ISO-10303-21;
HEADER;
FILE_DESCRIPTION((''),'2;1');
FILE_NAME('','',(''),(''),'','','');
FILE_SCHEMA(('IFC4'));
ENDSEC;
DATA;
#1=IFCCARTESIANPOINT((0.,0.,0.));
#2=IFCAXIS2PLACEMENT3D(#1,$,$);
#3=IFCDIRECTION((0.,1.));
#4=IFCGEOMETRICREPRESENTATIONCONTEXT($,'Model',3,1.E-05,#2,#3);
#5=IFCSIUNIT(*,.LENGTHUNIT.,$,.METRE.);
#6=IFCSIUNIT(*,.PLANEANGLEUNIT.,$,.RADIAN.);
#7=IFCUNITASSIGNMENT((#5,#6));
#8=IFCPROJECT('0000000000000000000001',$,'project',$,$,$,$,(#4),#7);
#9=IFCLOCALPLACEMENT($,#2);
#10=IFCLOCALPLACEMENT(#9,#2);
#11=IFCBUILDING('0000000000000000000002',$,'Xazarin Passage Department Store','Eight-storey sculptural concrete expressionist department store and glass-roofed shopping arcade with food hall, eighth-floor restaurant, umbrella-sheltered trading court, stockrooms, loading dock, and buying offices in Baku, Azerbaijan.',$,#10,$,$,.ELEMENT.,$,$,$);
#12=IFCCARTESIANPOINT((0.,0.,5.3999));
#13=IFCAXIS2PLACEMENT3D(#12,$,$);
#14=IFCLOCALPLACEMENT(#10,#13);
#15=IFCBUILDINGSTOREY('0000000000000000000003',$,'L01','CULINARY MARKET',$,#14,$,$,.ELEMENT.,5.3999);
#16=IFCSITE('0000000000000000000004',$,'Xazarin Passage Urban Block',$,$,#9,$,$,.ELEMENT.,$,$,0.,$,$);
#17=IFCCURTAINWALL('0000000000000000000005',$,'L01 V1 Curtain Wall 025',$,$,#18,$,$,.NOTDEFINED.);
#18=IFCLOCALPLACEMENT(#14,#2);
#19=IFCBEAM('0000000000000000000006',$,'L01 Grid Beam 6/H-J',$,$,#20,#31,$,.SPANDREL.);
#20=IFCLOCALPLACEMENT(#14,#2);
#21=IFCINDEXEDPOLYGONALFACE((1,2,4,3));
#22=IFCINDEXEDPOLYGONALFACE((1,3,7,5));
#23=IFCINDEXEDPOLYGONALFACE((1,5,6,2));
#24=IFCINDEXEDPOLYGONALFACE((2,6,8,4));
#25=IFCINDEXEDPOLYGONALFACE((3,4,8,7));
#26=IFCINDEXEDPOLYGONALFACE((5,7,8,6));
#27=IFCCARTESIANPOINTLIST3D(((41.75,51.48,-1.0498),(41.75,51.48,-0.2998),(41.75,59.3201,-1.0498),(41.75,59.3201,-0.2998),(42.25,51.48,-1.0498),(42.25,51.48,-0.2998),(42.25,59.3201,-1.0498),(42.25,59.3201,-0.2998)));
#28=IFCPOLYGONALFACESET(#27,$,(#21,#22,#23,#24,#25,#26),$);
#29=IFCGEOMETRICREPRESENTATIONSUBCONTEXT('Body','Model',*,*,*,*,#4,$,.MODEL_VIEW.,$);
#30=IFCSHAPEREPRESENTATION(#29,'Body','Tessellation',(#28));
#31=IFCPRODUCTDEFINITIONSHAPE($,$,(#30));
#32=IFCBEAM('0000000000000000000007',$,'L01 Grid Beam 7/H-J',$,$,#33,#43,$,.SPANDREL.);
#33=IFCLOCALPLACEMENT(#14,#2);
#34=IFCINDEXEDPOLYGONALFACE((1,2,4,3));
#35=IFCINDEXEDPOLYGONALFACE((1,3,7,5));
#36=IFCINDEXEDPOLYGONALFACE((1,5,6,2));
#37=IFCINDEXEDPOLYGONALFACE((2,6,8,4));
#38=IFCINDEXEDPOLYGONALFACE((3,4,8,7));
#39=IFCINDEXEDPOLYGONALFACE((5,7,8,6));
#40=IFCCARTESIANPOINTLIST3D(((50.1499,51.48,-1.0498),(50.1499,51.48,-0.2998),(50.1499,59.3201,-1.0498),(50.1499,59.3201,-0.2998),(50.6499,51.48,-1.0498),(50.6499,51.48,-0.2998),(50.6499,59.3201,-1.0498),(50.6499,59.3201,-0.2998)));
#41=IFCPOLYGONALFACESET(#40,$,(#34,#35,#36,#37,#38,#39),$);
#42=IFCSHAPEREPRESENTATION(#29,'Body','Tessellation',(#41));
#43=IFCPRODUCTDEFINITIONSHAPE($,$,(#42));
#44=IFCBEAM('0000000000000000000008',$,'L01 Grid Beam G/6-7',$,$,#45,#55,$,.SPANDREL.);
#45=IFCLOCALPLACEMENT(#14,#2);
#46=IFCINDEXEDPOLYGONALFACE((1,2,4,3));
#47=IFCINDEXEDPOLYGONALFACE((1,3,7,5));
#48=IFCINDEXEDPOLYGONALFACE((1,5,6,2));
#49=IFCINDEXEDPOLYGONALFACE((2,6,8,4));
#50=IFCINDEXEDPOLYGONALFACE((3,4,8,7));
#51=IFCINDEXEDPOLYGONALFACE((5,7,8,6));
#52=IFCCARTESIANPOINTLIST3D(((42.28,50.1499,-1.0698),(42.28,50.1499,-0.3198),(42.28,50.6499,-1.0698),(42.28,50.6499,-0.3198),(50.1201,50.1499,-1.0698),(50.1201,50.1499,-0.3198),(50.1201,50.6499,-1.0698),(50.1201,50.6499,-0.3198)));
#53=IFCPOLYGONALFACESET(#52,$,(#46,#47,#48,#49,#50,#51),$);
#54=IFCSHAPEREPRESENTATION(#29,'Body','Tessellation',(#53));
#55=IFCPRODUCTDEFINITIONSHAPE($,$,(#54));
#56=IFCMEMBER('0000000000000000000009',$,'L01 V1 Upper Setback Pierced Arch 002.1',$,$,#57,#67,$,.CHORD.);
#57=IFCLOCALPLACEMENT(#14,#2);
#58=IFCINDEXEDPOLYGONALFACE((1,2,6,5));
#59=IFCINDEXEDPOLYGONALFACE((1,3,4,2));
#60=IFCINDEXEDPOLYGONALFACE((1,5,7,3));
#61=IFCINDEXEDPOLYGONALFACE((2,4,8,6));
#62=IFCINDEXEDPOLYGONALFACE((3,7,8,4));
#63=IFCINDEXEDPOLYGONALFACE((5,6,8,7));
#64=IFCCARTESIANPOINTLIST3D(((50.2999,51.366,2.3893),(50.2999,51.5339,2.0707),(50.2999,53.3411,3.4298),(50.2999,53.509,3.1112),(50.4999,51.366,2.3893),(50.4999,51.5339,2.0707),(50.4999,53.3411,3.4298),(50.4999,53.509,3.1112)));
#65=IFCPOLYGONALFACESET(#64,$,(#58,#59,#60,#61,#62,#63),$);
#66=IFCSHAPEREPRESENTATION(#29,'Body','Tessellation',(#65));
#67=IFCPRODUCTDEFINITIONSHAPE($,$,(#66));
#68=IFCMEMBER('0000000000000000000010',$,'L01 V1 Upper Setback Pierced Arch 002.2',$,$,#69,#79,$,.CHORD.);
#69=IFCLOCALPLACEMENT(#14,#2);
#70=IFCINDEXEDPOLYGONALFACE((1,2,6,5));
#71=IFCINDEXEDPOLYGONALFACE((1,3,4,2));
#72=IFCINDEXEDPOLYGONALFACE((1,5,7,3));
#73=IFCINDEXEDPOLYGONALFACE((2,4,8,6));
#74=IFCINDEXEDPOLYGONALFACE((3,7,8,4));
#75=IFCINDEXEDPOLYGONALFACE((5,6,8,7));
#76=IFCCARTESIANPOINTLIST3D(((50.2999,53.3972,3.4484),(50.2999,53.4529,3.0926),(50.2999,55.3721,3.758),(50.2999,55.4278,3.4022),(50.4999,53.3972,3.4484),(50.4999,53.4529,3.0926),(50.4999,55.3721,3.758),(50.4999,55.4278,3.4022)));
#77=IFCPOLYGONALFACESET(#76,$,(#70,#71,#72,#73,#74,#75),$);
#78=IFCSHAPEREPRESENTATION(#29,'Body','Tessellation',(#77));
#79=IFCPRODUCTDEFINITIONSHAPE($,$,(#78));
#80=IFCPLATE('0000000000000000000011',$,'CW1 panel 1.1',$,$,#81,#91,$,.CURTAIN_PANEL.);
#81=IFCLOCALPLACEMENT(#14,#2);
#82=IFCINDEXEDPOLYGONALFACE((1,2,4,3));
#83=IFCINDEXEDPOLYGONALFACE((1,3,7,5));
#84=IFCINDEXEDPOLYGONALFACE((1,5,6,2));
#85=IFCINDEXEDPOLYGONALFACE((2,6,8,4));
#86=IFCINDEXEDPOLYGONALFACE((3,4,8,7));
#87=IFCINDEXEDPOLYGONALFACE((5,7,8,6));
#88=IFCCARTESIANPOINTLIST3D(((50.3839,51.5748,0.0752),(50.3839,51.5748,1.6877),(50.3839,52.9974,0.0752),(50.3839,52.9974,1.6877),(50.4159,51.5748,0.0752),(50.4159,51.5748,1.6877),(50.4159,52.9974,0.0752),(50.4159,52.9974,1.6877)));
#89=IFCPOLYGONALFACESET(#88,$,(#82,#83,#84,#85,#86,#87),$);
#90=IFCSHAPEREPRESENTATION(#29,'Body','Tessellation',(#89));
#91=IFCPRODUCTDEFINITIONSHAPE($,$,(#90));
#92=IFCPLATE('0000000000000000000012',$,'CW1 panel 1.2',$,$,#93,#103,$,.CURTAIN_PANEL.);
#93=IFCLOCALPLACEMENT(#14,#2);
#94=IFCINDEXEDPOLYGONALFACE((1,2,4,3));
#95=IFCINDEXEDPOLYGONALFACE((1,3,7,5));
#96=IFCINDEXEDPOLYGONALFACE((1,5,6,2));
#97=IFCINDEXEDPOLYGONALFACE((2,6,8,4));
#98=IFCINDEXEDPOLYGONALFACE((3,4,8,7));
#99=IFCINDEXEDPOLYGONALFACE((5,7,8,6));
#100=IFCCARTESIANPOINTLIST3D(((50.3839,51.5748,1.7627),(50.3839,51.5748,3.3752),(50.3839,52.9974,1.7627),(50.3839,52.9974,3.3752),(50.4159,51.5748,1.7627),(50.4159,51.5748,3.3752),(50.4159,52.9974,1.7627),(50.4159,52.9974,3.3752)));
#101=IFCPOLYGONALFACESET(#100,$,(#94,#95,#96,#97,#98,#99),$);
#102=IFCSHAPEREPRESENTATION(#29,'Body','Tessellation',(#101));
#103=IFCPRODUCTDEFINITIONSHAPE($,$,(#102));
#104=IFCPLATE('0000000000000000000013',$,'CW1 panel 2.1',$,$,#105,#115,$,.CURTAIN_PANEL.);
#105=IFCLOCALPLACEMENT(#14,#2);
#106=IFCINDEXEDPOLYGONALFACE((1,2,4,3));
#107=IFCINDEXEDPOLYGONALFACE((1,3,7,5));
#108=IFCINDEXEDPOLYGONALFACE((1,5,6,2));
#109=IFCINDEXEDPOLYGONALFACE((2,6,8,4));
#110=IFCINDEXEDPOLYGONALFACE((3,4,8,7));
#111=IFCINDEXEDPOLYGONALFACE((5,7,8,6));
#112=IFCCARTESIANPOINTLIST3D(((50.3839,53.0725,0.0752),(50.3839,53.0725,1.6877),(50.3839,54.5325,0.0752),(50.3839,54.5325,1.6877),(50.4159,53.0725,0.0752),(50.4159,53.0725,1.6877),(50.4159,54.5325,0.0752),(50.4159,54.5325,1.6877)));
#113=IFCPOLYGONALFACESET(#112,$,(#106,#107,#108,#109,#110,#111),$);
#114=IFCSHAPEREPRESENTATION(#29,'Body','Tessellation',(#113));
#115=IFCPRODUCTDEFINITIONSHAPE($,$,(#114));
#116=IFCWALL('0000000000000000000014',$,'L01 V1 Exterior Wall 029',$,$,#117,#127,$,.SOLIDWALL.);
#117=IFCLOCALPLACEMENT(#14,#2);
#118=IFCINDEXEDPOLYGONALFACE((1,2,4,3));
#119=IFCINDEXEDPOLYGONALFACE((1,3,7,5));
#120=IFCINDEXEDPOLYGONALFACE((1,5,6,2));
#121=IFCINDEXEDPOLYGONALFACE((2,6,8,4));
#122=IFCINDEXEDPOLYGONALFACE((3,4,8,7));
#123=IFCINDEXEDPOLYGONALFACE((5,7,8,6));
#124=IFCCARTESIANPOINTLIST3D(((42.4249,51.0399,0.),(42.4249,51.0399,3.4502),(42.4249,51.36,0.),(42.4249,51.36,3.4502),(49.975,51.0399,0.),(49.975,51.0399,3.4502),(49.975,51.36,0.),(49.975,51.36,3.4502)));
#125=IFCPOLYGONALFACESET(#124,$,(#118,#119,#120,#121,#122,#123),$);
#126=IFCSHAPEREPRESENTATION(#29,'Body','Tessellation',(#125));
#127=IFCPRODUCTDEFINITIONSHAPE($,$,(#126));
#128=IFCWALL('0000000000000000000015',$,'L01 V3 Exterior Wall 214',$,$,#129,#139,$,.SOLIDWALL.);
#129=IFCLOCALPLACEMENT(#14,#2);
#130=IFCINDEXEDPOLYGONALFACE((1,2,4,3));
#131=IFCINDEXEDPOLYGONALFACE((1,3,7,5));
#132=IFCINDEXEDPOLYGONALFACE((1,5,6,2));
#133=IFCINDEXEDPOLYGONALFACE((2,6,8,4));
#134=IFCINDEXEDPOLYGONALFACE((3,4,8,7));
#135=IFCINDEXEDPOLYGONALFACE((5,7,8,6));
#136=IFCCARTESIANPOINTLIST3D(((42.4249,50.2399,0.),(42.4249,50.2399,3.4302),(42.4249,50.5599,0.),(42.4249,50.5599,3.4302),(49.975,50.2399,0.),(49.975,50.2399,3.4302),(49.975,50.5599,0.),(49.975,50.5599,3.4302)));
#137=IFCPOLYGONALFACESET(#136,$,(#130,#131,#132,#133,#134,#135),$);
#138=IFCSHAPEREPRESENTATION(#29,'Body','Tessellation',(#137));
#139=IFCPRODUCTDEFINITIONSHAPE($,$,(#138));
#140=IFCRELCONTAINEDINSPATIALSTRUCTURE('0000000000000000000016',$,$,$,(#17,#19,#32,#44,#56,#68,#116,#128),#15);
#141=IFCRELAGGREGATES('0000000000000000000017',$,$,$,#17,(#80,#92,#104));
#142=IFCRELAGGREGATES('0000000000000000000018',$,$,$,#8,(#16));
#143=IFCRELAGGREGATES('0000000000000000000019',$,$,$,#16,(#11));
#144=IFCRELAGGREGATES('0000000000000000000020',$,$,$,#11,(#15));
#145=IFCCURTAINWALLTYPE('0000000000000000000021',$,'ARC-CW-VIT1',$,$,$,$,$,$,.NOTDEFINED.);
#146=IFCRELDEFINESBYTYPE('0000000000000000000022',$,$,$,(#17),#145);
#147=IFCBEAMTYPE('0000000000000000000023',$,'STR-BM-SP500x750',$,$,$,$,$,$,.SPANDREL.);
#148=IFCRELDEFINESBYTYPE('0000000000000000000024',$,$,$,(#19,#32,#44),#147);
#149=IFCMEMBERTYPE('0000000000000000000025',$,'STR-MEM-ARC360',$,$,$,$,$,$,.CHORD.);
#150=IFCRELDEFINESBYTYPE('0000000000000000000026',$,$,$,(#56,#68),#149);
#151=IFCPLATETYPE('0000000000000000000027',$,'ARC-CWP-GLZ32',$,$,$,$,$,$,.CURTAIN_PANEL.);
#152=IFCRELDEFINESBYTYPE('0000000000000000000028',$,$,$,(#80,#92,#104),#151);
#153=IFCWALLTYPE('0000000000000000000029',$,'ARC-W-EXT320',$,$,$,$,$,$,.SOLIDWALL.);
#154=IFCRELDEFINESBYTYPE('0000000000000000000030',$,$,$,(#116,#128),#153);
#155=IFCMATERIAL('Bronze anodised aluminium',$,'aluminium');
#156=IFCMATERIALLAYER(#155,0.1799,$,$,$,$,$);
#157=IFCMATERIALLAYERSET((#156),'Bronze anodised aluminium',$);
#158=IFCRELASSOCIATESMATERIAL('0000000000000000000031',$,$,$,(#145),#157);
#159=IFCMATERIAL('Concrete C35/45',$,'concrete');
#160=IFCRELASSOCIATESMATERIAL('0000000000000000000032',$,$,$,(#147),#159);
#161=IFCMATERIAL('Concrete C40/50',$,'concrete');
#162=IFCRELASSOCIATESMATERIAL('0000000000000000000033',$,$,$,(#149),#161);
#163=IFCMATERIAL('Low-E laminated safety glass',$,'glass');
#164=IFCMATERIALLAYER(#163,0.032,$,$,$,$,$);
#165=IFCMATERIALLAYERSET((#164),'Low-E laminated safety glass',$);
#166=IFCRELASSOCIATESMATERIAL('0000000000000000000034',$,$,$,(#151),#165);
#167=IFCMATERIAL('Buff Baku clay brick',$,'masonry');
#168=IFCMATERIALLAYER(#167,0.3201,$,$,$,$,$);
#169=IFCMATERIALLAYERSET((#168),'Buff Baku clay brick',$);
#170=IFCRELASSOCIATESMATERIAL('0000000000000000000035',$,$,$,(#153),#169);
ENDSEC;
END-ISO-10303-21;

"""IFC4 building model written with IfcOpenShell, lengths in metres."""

from ifc_helpers import new_model, si_unit, direction, frame, frame_2d, origin, origin_2d, place, context, subcontext, project, spatial, rectangle, extrude, material, layer, layer_set, material_profile, profile_set, type_object, element, aggregate, save


model = new_model("IFC4")

# Units and contexts
model_context = context("Model", 3, precision=1e-05, world=origin(), true_north=direction((0.0, 1.0)))
body_context = subcontext(model_context, "Body", "Model", "MODEL_VIEW")
ifc_project = project(units=[si_unit("LENGTHUNIT", "METRE"), si_unit("PLANEANGLEUNIT", "RADIAN")], contexts=[model_context])

# Site, building, storey
site_placement = place(None, origin())
site = spatial("IfcSite", under=ifc_project, at=site_placement, Name="Xazarin Passage Urban Block", CompositionType="ELEMENT", RefElevation=0.0)
building_placement = place(site_placement, origin())
building = spatial("IfcBuilding", under=site, at=building_placement, Name="Xazarin Passage Department Store", Description="Eight-storey sculptural concrete expressionist department store and glass-roofed shopping arcade with food hall, eighth-floor restaurant, umbrella-sheltered trading court, stockrooms, loading dock, and buying offices in Baku, Azerbaijan.", CompositionType="ELEMENT")
storey_placement = place(building_placement, frame((0.0, 0.0, 5.3999)))
storey = spatial("IfcBuildingStorey", under=building, at=storey_placement, Name="L01", Description="CULINARY MARKET", CompositionType="ELEMENT", Elevation=5.3999)

# Shared definitions
ifc_material_1 = material(Name="Concrete C40/50", Category="concrete")

# Curtain wall
ifc_material_2 = material(Name="Bronze anodised aluminium", Category="aluminium")
ifc_layer_1 = layer(ifc_material_2, 0.1799)
ifc_layer_set_1 = layer_set([ifc_layer_1], Name="Bronze anodised aluminium")
curtain_wall_type = type_object("IfcCurtainWallType", Name="ARC-CW-VIT1", PredefinedType="NOTDEFINED", material=ifc_layer_set_1)
curtain_wall_placement = place(storey_placement, origin())
curtain_wall = element("IfcCurtainWall", 1, at=curtain_wall_placement, inside=storey, type_object=curtain_wall_type, Name="L01 V1 Curtain Wall 025", PredefinedType="NOTDEFINED")

# Beams
ifc_material_3 = material(Name="Concrete C35/45", Category="concrete")
ifc_material_profile_1 = material_profile(ifc_material_3, rectangle(XDim=0.5, YDim=0.75, at=origin_2d()), Name="RC 500x750")
ifc_profile_set_1 = profile_set([ifc_material_profile_1], Name="Concrete C35/45")
beam_type = type_object("IfcBeamType", Name="STR-BM-SP500x750", PredefinedType="SPANDREL", material=ifc_profile_set_1)
for number, where, z_axis, x_axis, name in (
    (2, (42.0, 51.48, -0.6748), (0.0, 1.0, 0.0), (-1.0, 0.0, 0.0), "L01 Grid Beam 6/H-J"),
    (3, (50.3999, 51.48, -0.6748), (0.0, 1.0, 0.0), (-1.0, 0.0, 0.0), "L01 Grid Beam 7/H-J"),
    (4, (42.28, 50.3999, -0.6948), (1.0, 0.0, 0.0), (0.0, 1.0, 0.0), "L01 Grid Beam G/6-7"),
):
    element("IfcBeam", number, at=place(storey_placement, frame(where, z_axis=z_axis, x_axis=x_axis)), inside=storey, type_object=beam_type, Name=name, PredefinedType="SPANDREL", context=body_context, shape_type="SweptSolid", body=[
        extrude(rectangle(XDim=0.5, YDim=0.75, at=origin_2d()), origin(), (0.0, 0.0, 1.0), 7.8401),
    ])

# Members
ifc_material_profile_2 = material_profile(ifc_material_1, rectangle(XDim=0.2, YDim=0.3601, at=origin_2d()), Name="RC 200x360")
ifc_profile_set_2 = profile_set([ifc_material_profile_2], Name="Concrete C40/50")
member_type_1 = type_object("IfcMemberType", Name="STR-MEM-ARC360", PredefinedType="CHORD", material=ifc_profile_set_2)
member_1_placement = place(storey_placement, frame((50.3999, 51.45, 2.23), z_axis=(0.0, 0.884733, 0.466098), x_axis=(-1.0, 0.0, 0.0)))
element("IfcMember", 5, at=member_1_placement, inside=storey, type_object=member_type_1, Name="L01 V1 Upper Setback Pierced Arch 002.1", PredefinedType="CHORD", context=body_context, shape_type="SweptSolid", body=[
    extrude(rectangle(XDim=0.2, YDim=0.3601, at=origin_2d()), origin(), (0.0, 0.0, 1.0), 2.2324),
])
member_2_placement = place(storey_placement, frame((50.3999, 53.425, 3.2705), z_axis=(0.0, 0.987936, 0.154865), x_axis=(-1.0, 0.0, 0.0)))
element("IfcMember", 6, at=member_2_placement, inside=storey, type_object=member_type_1, Name="L01 V1 Upper Setback Pierced Arch 002.2", PredefinedType="CHORD", context=body_context, shape_type="SweptSolid", body=[
    extrude(rectangle(XDim=0.2, YDim=0.3601, at=origin_2d()), origin(), (0.0, 0.0, 1.0), 1.999),
])

# Plates
ifc_material_4 = material(Name="Low-E laminated safety glass", Category="glass")
ifc_layer_2 = layer(ifc_material_4, 0.032)
ifc_layer_set_2 = layer_set([ifc_layer_2], Name="Low-E laminated safety glass")
plate_type = type_object("IfcPlateType", Name="ARC-CWP-GLZ32", PredefinedType="CURTAIN_PANEL", material=ifc_layer_set_2)
plate_1_placement = place(storey_placement, frame((50.3999, 52.2861, 0.0752), z_axis=(0.0, 0.0, 1.0), x_axis=(0.0, 1.0, 0.0)))
plate_1 = element("IfcPlate", 7, at=plate_1_placement, type_object=plate_type, Name="CW1 panel 1.1", PredefinedType="CURTAIN_PANEL", context=body_context, shape_type="SweptSolid", body=[
    extrude(rectangle(XDim=1.4226, YDim=0.032, at=origin_2d()), origin(), (0.0, 0.0, 1.0), 1.6125),
])
plate_2_placement = place(storey_placement, frame((50.3999, 52.2861, 1.7627), z_axis=(0.0, 0.0, 1.0), x_axis=(0.0, 1.0, 0.0)))
plate_2 = element("IfcPlate", 8, at=plate_2_placement, type_object=plate_type, Name="CW1 panel 1.2", PredefinedType="CURTAIN_PANEL", context=body_context, shape_type="SweptSolid", body=[
    extrude(rectangle(XDim=1.4226, YDim=0.032, at=origin_2d()), origin(), (0.0, 0.0, 1.0), 1.6125),
])
plate_3_placement = place(storey_placement, frame((50.3999, 53.8025, 0.0752), z_axis=(0.0, 0.0, 1.0), x_axis=(0.0, 1.0, 0.0)))
plate_3 = element("IfcPlate", 9, at=plate_3_placement, type_object=plate_type, Name="CW1 panel 2.1", PredefinedType="CURTAIN_PANEL", context=body_context, shape_type="SweptSolid", body=[
    extrude(rectangle(XDim=1.46, YDim=0.032, at=origin_2d()), origin(), (0.0, 0.0, 1.0), 1.6125),
])
aggregate(curtain_wall, [plate_1, plate_2, plate_3])

# Walls
ifc_material_5 = material(Name="Buff Baku clay brick", Category="masonry")
ifc_layer_3 = layer(ifc_material_5, 0.3201)
ifc_layer_set_3 = layer_set([ifc_layer_3], Name="Buff Baku clay brick")
wall_type = type_object("IfcWallType", Name="ARC-W-EXT320", PredefinedType="SOLIDWALL", material=ifc_layer_set_3)
wall_1_placement = place(storey_placement, frame((42.425, 51.2, 0.0), z_axis=(0.0, 0.0, 1.0), x_axis=(1.0, 0.0, 0.0)))
element("IfcWall", 10, at=wall_1_placement, inside=storey, type_object=wall_type, Name="L01 V1 Exterior Wall 029", PredefinedType="SOLIDWALL", context=body_context, shape_type="SweptSolid", body=[
    extrude(rectangle(XDim=7.55, YDim=0.3201, at=frame_2d((3.7749, 0.0))), origin(), (0.0, 0.0, 1.0), 3.4502),
])
wall_2_placement = place(storey_placement, frame((42.425, 50.3999, 0.0), z_axis=(0.0, 0.0, 1.0), x_axis=(1.0, 0.0, 0.0)))
element("IfcWall", 11, at=wall_2_placement, inside=storey, type_object=wall_type, Name="L01 V3 Exterior Wall 214", PredefinedType="SOLIDWALL", context=body_context, shape_type="SweptSolid", body=[
    extrude(rectangle(XDim=7.55, YDim=0.3201, at=frame_2d((3.7749, 0.0))), origin(), (0.0, 0.0, 1.0), 3.4302),
])

save(model, "model.ifc")
